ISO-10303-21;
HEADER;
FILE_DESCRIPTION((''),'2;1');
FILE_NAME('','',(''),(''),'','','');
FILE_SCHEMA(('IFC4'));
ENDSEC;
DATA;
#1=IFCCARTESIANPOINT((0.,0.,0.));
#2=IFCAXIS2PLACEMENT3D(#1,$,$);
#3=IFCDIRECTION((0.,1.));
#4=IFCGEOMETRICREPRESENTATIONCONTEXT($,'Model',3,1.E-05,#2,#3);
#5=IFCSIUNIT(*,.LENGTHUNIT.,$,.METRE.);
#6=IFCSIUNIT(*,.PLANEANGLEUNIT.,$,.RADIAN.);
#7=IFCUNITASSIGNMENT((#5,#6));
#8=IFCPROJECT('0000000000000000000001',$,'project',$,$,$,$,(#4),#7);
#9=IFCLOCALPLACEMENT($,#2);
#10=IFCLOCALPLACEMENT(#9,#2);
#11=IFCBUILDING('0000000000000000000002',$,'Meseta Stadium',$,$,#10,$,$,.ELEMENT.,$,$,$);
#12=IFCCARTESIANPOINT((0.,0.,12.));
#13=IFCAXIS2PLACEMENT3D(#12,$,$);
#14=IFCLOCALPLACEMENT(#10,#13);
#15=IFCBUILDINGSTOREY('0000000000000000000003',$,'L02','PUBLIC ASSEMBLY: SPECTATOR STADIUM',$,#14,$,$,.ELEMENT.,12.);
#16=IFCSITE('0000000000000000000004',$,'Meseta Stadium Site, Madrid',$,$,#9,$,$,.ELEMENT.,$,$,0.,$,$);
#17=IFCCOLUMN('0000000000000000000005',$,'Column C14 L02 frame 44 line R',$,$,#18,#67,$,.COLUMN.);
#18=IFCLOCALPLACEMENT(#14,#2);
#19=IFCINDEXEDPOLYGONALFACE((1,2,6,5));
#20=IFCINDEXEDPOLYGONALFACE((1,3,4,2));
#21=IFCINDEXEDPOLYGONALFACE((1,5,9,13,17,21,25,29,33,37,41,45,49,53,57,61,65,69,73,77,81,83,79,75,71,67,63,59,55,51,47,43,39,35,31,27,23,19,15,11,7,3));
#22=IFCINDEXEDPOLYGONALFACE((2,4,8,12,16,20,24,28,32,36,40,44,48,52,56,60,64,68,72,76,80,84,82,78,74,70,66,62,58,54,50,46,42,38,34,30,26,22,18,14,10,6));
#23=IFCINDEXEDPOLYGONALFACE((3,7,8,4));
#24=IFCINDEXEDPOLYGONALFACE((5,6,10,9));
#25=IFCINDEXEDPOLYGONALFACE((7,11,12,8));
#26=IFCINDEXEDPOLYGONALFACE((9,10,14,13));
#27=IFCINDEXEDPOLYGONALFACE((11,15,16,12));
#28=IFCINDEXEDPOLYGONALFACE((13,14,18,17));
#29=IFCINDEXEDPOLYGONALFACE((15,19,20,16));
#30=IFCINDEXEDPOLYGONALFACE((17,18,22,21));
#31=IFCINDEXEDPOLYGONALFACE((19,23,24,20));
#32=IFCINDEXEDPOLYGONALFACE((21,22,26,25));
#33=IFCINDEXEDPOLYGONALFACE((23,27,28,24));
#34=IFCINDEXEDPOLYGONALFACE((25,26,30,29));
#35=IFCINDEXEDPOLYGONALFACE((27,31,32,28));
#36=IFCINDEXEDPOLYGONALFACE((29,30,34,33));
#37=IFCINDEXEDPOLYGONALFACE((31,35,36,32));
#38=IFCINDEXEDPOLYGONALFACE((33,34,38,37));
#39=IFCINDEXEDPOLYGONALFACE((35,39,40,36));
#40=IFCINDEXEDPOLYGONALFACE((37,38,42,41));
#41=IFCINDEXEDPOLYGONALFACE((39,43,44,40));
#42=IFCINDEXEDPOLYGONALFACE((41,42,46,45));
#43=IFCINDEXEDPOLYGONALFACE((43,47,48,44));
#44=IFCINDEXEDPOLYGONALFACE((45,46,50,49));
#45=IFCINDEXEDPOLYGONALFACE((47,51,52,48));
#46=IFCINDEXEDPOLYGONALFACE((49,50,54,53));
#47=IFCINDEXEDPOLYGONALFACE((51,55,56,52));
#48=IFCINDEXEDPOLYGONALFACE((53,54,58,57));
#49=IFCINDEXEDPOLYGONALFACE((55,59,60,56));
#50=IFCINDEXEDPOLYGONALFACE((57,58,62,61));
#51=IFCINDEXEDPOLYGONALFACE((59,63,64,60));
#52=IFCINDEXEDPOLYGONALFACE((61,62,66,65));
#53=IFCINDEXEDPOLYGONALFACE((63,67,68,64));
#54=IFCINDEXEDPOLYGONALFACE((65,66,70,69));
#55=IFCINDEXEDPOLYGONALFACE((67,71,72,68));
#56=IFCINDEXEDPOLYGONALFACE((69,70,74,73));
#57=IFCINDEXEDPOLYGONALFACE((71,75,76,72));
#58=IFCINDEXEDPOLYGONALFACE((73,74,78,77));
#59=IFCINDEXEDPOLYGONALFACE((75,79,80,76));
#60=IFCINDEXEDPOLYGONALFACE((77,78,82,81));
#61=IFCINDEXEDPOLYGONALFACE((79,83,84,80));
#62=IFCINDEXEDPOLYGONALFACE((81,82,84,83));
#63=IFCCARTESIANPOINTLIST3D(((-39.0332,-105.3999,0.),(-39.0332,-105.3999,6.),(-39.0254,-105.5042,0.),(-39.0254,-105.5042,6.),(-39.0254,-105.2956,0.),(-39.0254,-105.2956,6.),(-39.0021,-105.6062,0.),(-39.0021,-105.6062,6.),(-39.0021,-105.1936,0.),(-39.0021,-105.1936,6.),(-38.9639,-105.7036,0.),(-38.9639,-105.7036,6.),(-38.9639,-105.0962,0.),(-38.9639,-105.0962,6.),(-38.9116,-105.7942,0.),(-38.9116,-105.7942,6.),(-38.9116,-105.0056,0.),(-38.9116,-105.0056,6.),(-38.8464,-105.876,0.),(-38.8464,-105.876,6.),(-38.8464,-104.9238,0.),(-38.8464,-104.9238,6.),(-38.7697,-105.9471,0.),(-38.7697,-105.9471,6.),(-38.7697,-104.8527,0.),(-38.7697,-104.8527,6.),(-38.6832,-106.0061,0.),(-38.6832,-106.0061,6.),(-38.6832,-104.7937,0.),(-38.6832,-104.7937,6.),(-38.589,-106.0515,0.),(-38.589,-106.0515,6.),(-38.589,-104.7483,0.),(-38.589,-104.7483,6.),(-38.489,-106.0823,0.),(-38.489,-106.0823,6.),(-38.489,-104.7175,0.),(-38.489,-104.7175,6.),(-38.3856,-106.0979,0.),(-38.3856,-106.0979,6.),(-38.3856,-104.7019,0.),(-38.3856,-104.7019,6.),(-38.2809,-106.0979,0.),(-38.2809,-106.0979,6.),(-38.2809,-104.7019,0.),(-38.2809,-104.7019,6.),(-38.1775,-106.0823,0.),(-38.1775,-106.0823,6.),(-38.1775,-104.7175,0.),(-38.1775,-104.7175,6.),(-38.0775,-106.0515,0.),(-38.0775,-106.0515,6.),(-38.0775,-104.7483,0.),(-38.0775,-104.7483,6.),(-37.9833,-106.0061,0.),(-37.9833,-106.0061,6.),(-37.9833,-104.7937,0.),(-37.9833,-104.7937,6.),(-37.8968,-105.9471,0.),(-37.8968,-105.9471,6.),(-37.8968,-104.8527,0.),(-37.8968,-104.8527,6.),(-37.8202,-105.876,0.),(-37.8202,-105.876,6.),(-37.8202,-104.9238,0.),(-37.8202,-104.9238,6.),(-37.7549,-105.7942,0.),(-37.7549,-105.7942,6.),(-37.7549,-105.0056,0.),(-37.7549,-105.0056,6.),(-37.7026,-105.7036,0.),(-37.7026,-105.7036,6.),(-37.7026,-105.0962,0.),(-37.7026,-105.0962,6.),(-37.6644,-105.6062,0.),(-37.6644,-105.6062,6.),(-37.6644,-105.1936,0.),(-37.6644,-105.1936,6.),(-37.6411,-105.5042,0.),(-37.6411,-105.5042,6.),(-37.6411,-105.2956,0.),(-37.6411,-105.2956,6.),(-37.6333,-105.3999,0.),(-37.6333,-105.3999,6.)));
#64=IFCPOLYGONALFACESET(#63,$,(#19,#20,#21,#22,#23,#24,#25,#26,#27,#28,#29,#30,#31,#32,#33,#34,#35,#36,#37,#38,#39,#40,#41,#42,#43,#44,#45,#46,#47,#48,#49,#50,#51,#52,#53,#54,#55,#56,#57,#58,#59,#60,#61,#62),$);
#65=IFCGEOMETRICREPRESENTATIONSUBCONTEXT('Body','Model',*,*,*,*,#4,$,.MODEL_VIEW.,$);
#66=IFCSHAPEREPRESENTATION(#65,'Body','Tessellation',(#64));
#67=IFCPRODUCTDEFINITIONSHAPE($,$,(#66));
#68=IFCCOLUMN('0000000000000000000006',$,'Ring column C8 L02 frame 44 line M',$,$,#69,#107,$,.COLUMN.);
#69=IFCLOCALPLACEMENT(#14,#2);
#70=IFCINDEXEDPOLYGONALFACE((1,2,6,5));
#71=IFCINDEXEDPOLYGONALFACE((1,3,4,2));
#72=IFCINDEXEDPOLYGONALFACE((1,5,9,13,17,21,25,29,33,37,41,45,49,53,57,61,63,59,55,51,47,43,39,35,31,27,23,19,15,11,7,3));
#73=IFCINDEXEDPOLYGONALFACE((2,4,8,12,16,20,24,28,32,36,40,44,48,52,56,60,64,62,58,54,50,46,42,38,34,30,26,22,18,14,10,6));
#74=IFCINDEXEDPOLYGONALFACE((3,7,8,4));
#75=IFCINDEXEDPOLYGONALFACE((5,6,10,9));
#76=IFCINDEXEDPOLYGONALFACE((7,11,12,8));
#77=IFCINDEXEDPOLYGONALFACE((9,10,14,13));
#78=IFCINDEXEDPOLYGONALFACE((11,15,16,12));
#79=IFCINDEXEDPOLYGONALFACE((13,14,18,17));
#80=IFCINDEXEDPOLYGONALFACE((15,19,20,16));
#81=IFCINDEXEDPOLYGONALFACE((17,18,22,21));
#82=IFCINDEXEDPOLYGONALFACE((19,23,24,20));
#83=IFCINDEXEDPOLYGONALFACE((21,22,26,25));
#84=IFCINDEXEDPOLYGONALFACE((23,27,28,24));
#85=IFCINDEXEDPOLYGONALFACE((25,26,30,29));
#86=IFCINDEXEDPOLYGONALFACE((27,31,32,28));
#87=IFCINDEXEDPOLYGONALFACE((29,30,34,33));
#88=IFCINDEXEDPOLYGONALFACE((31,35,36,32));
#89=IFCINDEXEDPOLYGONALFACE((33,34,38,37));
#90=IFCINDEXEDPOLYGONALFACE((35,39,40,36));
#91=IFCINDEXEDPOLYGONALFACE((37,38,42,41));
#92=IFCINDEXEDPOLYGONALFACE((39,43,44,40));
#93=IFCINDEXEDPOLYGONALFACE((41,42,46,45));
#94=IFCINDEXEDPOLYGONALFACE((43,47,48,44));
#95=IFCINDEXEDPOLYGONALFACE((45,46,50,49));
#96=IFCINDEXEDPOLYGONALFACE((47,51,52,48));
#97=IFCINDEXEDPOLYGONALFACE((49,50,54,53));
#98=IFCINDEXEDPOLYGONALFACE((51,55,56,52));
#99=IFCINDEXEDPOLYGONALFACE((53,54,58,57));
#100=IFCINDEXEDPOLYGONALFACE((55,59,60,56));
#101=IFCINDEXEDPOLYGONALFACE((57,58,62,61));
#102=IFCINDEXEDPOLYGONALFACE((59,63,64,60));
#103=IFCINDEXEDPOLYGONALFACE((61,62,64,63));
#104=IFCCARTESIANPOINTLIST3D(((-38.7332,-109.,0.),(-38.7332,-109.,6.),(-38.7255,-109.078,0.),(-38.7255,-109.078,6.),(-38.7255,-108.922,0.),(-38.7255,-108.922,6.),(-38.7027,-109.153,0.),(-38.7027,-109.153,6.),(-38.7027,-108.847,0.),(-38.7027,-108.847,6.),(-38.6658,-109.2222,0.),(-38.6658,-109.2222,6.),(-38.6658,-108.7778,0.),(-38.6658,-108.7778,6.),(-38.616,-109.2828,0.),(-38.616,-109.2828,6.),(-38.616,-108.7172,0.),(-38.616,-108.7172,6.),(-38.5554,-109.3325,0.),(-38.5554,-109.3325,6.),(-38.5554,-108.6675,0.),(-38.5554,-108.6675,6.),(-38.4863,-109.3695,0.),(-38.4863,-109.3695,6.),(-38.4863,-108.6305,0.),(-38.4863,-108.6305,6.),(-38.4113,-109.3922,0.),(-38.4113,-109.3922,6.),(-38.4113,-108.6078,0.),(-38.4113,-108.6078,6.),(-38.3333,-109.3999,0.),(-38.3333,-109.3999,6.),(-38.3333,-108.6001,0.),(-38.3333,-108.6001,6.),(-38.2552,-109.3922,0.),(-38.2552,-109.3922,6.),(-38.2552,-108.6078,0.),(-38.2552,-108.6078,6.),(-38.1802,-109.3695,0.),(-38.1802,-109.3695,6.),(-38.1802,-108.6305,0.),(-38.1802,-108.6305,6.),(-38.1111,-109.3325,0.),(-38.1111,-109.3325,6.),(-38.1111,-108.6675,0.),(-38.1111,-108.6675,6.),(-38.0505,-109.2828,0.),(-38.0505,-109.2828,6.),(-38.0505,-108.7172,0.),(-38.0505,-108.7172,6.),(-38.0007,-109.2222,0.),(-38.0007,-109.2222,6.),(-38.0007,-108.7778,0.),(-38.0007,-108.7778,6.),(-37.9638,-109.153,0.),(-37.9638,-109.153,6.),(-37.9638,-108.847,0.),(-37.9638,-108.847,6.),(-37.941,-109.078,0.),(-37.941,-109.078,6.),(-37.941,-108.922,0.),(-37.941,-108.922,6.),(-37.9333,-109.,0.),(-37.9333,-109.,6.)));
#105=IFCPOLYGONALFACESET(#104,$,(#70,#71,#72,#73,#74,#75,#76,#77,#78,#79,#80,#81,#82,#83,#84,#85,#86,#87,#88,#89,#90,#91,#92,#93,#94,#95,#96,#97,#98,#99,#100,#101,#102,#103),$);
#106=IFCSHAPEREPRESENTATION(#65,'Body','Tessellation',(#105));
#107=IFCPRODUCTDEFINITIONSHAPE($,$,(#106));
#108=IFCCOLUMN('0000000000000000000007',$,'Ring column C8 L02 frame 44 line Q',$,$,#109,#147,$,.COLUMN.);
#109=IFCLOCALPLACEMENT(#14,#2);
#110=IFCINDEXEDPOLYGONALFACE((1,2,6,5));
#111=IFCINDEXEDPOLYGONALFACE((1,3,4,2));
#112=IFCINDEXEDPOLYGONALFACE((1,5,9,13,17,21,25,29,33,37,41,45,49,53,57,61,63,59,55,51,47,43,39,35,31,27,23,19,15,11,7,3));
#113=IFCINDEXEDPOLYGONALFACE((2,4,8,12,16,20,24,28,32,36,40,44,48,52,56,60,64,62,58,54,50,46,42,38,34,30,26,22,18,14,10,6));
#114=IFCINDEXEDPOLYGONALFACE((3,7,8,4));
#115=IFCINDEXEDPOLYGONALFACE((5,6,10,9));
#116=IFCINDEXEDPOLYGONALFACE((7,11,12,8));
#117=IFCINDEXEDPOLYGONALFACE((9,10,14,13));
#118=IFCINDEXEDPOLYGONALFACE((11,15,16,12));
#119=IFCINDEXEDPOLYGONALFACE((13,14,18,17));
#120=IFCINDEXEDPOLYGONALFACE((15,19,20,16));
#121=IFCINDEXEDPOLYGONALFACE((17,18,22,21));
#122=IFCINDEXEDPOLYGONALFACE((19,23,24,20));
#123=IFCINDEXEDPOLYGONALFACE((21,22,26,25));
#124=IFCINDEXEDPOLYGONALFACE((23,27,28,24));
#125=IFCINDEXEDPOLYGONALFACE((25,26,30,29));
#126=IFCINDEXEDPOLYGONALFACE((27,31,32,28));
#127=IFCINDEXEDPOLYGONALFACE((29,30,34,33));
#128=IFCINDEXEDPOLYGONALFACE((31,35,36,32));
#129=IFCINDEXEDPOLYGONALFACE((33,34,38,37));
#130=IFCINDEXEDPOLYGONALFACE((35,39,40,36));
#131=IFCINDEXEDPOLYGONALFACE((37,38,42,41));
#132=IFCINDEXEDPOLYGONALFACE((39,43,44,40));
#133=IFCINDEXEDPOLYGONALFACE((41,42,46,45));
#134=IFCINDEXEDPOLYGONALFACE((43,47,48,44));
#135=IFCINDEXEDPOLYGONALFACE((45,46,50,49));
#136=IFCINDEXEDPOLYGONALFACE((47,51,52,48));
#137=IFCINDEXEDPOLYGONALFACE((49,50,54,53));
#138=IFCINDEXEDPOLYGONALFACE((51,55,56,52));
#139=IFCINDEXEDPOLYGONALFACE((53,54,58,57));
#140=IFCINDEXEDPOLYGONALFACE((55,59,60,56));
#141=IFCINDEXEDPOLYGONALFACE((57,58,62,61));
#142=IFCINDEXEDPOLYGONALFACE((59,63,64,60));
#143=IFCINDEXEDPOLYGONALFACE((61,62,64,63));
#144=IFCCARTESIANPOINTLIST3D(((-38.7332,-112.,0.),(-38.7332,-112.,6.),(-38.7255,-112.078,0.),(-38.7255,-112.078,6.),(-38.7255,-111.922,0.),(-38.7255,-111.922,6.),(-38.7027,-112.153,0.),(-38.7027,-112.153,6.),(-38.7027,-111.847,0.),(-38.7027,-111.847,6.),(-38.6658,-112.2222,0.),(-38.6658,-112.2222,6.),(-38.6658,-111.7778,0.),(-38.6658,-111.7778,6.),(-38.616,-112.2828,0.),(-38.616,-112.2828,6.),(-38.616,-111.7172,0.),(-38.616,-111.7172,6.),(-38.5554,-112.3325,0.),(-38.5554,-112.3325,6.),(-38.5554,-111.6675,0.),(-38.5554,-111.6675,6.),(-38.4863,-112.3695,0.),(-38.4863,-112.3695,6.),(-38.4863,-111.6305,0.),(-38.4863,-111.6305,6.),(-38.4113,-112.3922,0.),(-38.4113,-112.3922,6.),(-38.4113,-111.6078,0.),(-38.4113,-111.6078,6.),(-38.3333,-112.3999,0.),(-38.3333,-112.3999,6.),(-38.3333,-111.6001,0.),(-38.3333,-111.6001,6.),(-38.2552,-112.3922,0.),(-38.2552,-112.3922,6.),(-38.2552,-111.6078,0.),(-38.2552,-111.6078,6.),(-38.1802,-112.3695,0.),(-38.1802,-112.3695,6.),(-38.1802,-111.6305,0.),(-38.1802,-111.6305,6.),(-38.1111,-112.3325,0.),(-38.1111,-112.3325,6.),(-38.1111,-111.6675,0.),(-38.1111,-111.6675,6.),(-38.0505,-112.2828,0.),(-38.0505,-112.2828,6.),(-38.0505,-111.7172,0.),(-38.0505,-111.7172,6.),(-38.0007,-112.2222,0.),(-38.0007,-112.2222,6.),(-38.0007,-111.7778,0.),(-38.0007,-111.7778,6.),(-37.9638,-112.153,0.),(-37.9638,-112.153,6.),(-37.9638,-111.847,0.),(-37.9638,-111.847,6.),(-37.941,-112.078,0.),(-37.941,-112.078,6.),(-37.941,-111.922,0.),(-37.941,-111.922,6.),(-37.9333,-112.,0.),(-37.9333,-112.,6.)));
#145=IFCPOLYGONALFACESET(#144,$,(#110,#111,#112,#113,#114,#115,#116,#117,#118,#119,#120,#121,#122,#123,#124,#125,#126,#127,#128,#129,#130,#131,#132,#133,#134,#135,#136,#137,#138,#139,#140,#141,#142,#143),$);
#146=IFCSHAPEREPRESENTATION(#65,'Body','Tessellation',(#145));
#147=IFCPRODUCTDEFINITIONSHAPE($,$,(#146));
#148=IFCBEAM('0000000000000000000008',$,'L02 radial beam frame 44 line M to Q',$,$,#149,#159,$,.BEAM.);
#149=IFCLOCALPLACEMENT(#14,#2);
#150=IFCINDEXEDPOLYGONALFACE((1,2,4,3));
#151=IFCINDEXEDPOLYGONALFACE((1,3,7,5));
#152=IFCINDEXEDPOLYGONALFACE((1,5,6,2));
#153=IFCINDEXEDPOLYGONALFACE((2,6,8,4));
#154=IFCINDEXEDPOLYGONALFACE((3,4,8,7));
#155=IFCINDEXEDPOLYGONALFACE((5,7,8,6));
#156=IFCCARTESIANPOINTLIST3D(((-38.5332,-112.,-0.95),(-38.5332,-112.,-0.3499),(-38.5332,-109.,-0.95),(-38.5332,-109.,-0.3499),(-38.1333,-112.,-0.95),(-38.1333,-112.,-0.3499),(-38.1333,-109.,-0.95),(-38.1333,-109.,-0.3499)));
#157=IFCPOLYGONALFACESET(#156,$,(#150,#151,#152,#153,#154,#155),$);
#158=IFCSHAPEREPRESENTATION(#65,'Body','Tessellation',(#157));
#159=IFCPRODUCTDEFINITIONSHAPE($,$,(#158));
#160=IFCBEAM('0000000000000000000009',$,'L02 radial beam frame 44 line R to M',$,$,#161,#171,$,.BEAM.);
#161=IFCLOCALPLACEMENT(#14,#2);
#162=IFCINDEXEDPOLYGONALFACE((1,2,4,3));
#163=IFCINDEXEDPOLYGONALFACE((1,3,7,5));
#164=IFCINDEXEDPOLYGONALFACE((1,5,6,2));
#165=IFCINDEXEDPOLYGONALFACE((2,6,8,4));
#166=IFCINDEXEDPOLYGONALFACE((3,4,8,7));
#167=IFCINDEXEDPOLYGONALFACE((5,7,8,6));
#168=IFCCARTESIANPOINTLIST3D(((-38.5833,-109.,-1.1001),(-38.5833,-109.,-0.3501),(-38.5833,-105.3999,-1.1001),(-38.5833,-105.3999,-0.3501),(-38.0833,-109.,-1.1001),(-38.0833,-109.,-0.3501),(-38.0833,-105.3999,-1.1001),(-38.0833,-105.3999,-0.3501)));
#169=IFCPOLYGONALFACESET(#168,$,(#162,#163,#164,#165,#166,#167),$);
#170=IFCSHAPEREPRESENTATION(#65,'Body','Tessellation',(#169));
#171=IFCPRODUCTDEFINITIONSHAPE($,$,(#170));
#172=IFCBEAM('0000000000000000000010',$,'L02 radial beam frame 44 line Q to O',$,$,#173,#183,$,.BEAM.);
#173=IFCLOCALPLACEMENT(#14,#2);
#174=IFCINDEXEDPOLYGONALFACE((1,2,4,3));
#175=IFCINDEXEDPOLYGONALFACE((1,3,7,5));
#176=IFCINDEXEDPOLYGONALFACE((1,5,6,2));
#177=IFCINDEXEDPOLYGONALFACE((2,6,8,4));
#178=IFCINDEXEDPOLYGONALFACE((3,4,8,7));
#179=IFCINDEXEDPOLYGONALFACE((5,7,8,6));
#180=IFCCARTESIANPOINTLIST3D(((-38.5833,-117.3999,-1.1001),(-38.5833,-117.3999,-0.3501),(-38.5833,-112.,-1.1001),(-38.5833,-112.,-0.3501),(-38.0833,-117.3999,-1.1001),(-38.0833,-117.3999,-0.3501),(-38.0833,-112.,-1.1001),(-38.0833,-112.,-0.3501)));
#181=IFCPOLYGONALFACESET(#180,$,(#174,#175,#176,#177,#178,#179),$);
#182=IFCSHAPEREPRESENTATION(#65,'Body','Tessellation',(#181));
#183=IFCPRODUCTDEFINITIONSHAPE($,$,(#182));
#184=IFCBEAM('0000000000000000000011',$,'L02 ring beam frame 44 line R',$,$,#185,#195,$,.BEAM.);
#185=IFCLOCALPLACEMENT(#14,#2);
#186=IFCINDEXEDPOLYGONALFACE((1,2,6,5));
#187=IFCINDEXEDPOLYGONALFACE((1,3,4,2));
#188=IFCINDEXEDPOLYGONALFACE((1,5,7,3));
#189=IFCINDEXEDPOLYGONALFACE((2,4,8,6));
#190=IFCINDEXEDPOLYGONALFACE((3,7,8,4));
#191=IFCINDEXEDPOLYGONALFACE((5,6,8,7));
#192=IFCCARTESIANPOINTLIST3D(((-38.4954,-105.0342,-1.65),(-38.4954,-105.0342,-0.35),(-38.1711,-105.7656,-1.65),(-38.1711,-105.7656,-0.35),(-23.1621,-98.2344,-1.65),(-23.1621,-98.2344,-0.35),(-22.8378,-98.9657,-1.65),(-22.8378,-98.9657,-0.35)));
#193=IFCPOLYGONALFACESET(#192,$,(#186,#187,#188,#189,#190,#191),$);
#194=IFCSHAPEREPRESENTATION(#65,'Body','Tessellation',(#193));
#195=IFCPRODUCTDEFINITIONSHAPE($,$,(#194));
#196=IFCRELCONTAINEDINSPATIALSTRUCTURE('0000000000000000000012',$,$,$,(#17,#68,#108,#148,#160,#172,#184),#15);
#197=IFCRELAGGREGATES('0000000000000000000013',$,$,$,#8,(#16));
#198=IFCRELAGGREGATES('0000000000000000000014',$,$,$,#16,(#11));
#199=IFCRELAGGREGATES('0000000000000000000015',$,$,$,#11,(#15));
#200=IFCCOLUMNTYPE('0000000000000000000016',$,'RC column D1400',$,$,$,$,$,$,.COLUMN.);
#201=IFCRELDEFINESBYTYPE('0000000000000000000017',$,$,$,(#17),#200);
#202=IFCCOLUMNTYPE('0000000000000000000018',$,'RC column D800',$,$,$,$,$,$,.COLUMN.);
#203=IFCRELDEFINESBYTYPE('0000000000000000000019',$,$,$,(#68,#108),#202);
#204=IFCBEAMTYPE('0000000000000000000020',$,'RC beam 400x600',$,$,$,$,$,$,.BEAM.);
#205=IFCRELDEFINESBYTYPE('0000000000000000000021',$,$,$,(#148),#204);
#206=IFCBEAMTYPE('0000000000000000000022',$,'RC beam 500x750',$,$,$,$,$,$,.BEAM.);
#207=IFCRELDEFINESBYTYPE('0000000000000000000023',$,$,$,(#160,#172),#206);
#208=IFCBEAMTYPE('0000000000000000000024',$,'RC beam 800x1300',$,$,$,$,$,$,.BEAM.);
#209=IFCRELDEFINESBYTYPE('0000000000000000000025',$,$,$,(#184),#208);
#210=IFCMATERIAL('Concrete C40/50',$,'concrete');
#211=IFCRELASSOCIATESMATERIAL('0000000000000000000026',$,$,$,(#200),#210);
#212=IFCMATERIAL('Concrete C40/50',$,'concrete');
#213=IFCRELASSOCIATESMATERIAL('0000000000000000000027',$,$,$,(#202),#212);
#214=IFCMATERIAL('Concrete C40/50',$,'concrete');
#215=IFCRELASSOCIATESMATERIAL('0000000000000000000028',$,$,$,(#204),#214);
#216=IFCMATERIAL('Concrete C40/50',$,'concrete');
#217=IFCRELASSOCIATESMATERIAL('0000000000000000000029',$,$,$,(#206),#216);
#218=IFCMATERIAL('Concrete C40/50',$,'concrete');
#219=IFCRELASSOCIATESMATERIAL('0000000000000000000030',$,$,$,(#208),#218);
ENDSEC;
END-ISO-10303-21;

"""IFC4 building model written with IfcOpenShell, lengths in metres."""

from ifc_helpers import new_model, si_unit, direction, frame, origin, origin_2d, place, context, subcontext, project, spatial, rectangle, circle, extrude, material, material_profile, profile_set, type_object, element, save


model = new_model("IFC4")

# Units and contexts
model_context = context("Model", 3, precision=1e-05, world=origin(), true_north=direction((0.0, 1.0)))
body_context = subcontext(model_context, "Body", "Model", "MODEL_VIEW")
ifc_project = project(units=[si_unit("LENGTHUNIT", "METRE"), si_unit("PLANEANGLEUNIT", "RADIAN")], contexts=[model_context])

# Site, building, storey
site_placement = place(None, origin())
site = spatial("IfcSite", under=ifc_project, at=site_placement, Name="Meseta Stadium Site, Madrid", CompositionType="ELEMENT", RefElevation=0.0)
building_placement = place(site_placement, origin())
building = spatial("IfcBuilding", under=site, at=building_placement, Name="Meseta Stadium", CompositionType="ELEMENT")
storey_placement = place(building_placement, frame((0.0, 0.0, 12.0)))
storey = spatial("IfcBuildingStorey", under=building, at=storey_placement, Name="L02", Description="PUBLIC ASSEMBLY: SPECTATOR STADIUM", CompositionType="ELEMENT", Elevation=12.0)

# Columns
ifc_material_1 = material(Name="Concrete C40/50", Category="concrete")
ifc_material_profile_1 = material_profile(ifc_material_1, circle(Radius=0.7, at=origin_2d()), Name="RC D1400")
ifc_profile_set_1 = profile_set([ifc_material_profile_1], Name="Concrete C40/50")
column_type_1 = type_object("IfcColumnType", Name="RC column D1400", PredefinedType="COLUMN", material=ifc_profile_set_1)
column_placement = place(storey_placement, frame((-38.3333, -105.3999, 0.0), z_axis=(0.0, 0.0, 1.0), x_axis=(1.0, 0.0, 0.0)))
element("IfcColumn", 1, at=column_placement, inside=storey, type_object=column_type_1, Name="Column C14 L02 frame 44 line R", PredefinedType="COLUMN", context=body_context, shape_type="SweptSolid", body=[
    extrude(circle(Radius=0.7, at=origin_2d()), origin(), (0.0, 0.0, 1.0), 6.0),
])
ifc_material_2 = material(Name="Concrete C40/50", Category="concrete")
ifc_material_profile_2 = material_profile(ifc_material_2, circle(Radius=0.3999, at=origin_2d()), Name="RC D800")
ifc_profile_set_2 = profile_set([ifc_material_profile_2], Name="Concrete C40/50")
column_type_2 = type_object("IfcColumnType", Name="RC column D800", PredefinedType="COLUMN", material=ifc_profile_set_2)
for number, where, z_axis, x_axis, name in (
    (2, (-38.3333, -109.0, 0.0), (0.0, 0.0, 1.0), (1.0, 0.0, 0.0), "Ring column C8 L02 frame 44 line M"),
    (3, (-38.3333, -112.0, 0.0), (0.0, 0.0, 1.0), (1.0, 0.0, 0.0), "Ring column C8 L02 frame 44 line Q"),
):
    element("IfcColumn", number, at=place(storey_placement, frame(where, z_axis=z_axis, x_axis=x_axis)), inside=storey, type_object=column_type_2, Name=name, PredefinedType="COLUMN", context=body_context, shape_type="SweptSolid", body=[
        extrude(circle(Radius=0.3999, at=origin_2d()), origin(), (0.0, 0.0, 1.0), 6.0),
    ])

# Beams
ifc_material_3 = material(Name="Concrete C40/50", Category="concrete")
ifc_material_profile_3 = material_profile(ifc_material_3, rectangle(XDim=0.3999, YDim=0.6001, at=origin_2d()), Name="RC 400x600")
ifc_profile_set_3 = profile_set([ifc_material_profile_3], Name="Concrete C40/50")
beam_type_1 = type_object("IfcBeamType", Name="RC beam 400x600", PredefinedType="BEAM", material=ifc_profile_set_3)
beam_1_placement = place(storey_placement, frame((-38.3333, -109.0, -0.6499), z_axis=(0.0, -1.0, 0.0), x_axis=(1.0, 0.0, 0.0)))
element("IfcBeam", 4, at=beam_1_placement, inside=storey, type_object=beam_type_1, Name="L02 radial beam frame 44 line M to Q", PredefinedType="BEAM", context=body_context, shape_type="SweptSolid", body=[
    extrude(rectangle(XDim=0.3999, YDim=0.6001, at=origin_2d()), origin(), (0.0, 0.0, 1.0), 3.0),
])
ifc_material_4 = material(Name="Concrete C40/50", Category="concrete")
ifc_material_profile_4 = material_profile(ifc_material_4, rectangle(XDim=0.5, YDim=0.75, at=origin_2d()), Name="RC 500x750")
ifc_profile_set_4 = profile_set([ifc_material_profile_4], Name="Concrete C40/50")
beam_type_2 = type_object("IfcBeamType", Name="RC beam 500x750", PredefinedType="BEAM", material=ifc_profile_set_4)
beam_2_placement = place(storey_placement, frame((-38.3333, -105.3999, -0.7251), z_axis=(0.0, -1.0, 0.0), x_axis=(1.0, 0.0, 0.0)))
element("IfcBeam", 5, at=beam_2_placement, inside=storey, type_object=beam_type_2, Name="L02 radial beam frame 44 line R to M", PredefinedType="BEAM", context=body_context, shape_type="SweptSolid", body=[
    extrude(rectangle(XDim=0.5, YDim=0.75, at=origin_2d()), origin(), (0.0, 0.0, 1.0), 3.6001),
])
beam_3_placement = place(storey_placement, frame((-38.3333, -112.0, -0.7251), z_axis=(0.0, -1.0, 0.0), x_axis=(1.0, 0.0, 0.0)))
element("IfcBeam", 6, at=beam_3_placement, inside=storey, type_object=beam_type_2, Name="L02 radial beam frame 44 line Q to O", PredefinedType="BEAM", context=body_context, shape_type="SweptSolid", body=[
    extrude(rectangle(XDim=0.5, YDim=0.75, at=origin_2d()), origin(), (0.0, 0.0, 1.0), 5.3999),
])
ifc_material_5 = material(Name="Concrete C40/50", Category="concrete")
ifc_material_profile_5 = material_profile(ifc_material_5, rectangle(XDim=0.8, YDim=1.3, at=origin_2d()), Name="RC 800x1300")
ifc_profile_set_5 = profile_set([ifc_material_profile_5], Name="Concrete C40/50")
beam_type_3 = type_object("IfcBeamType", Name="RC beam 800x1300", PredefinedType="BEAM", material=ifc_profile_set_5)
beam_4_placement = place(storey_placement, frame((-38.3333, -105.3999, -1.0), z_axis=(0.914143, 0.405393, 0.0), x_axis=(-0.405393, 0.914143, 0.0)))
element("IfcBeam", 7, at=beam_4_placement, inside=storey, type_object=beam_type_3, Name="L02 ring beam frame 44 line R", PredefinedType="BEAM", context=body_context, shape_type="SweptSolid", body=[
    extrude(rectangle(XDim=0.8, YDim=1.3, at=origin_2d()), origin(), (0.0, 0.0, 1.0), 16.7734),
])

save(model, "model.ifc")
